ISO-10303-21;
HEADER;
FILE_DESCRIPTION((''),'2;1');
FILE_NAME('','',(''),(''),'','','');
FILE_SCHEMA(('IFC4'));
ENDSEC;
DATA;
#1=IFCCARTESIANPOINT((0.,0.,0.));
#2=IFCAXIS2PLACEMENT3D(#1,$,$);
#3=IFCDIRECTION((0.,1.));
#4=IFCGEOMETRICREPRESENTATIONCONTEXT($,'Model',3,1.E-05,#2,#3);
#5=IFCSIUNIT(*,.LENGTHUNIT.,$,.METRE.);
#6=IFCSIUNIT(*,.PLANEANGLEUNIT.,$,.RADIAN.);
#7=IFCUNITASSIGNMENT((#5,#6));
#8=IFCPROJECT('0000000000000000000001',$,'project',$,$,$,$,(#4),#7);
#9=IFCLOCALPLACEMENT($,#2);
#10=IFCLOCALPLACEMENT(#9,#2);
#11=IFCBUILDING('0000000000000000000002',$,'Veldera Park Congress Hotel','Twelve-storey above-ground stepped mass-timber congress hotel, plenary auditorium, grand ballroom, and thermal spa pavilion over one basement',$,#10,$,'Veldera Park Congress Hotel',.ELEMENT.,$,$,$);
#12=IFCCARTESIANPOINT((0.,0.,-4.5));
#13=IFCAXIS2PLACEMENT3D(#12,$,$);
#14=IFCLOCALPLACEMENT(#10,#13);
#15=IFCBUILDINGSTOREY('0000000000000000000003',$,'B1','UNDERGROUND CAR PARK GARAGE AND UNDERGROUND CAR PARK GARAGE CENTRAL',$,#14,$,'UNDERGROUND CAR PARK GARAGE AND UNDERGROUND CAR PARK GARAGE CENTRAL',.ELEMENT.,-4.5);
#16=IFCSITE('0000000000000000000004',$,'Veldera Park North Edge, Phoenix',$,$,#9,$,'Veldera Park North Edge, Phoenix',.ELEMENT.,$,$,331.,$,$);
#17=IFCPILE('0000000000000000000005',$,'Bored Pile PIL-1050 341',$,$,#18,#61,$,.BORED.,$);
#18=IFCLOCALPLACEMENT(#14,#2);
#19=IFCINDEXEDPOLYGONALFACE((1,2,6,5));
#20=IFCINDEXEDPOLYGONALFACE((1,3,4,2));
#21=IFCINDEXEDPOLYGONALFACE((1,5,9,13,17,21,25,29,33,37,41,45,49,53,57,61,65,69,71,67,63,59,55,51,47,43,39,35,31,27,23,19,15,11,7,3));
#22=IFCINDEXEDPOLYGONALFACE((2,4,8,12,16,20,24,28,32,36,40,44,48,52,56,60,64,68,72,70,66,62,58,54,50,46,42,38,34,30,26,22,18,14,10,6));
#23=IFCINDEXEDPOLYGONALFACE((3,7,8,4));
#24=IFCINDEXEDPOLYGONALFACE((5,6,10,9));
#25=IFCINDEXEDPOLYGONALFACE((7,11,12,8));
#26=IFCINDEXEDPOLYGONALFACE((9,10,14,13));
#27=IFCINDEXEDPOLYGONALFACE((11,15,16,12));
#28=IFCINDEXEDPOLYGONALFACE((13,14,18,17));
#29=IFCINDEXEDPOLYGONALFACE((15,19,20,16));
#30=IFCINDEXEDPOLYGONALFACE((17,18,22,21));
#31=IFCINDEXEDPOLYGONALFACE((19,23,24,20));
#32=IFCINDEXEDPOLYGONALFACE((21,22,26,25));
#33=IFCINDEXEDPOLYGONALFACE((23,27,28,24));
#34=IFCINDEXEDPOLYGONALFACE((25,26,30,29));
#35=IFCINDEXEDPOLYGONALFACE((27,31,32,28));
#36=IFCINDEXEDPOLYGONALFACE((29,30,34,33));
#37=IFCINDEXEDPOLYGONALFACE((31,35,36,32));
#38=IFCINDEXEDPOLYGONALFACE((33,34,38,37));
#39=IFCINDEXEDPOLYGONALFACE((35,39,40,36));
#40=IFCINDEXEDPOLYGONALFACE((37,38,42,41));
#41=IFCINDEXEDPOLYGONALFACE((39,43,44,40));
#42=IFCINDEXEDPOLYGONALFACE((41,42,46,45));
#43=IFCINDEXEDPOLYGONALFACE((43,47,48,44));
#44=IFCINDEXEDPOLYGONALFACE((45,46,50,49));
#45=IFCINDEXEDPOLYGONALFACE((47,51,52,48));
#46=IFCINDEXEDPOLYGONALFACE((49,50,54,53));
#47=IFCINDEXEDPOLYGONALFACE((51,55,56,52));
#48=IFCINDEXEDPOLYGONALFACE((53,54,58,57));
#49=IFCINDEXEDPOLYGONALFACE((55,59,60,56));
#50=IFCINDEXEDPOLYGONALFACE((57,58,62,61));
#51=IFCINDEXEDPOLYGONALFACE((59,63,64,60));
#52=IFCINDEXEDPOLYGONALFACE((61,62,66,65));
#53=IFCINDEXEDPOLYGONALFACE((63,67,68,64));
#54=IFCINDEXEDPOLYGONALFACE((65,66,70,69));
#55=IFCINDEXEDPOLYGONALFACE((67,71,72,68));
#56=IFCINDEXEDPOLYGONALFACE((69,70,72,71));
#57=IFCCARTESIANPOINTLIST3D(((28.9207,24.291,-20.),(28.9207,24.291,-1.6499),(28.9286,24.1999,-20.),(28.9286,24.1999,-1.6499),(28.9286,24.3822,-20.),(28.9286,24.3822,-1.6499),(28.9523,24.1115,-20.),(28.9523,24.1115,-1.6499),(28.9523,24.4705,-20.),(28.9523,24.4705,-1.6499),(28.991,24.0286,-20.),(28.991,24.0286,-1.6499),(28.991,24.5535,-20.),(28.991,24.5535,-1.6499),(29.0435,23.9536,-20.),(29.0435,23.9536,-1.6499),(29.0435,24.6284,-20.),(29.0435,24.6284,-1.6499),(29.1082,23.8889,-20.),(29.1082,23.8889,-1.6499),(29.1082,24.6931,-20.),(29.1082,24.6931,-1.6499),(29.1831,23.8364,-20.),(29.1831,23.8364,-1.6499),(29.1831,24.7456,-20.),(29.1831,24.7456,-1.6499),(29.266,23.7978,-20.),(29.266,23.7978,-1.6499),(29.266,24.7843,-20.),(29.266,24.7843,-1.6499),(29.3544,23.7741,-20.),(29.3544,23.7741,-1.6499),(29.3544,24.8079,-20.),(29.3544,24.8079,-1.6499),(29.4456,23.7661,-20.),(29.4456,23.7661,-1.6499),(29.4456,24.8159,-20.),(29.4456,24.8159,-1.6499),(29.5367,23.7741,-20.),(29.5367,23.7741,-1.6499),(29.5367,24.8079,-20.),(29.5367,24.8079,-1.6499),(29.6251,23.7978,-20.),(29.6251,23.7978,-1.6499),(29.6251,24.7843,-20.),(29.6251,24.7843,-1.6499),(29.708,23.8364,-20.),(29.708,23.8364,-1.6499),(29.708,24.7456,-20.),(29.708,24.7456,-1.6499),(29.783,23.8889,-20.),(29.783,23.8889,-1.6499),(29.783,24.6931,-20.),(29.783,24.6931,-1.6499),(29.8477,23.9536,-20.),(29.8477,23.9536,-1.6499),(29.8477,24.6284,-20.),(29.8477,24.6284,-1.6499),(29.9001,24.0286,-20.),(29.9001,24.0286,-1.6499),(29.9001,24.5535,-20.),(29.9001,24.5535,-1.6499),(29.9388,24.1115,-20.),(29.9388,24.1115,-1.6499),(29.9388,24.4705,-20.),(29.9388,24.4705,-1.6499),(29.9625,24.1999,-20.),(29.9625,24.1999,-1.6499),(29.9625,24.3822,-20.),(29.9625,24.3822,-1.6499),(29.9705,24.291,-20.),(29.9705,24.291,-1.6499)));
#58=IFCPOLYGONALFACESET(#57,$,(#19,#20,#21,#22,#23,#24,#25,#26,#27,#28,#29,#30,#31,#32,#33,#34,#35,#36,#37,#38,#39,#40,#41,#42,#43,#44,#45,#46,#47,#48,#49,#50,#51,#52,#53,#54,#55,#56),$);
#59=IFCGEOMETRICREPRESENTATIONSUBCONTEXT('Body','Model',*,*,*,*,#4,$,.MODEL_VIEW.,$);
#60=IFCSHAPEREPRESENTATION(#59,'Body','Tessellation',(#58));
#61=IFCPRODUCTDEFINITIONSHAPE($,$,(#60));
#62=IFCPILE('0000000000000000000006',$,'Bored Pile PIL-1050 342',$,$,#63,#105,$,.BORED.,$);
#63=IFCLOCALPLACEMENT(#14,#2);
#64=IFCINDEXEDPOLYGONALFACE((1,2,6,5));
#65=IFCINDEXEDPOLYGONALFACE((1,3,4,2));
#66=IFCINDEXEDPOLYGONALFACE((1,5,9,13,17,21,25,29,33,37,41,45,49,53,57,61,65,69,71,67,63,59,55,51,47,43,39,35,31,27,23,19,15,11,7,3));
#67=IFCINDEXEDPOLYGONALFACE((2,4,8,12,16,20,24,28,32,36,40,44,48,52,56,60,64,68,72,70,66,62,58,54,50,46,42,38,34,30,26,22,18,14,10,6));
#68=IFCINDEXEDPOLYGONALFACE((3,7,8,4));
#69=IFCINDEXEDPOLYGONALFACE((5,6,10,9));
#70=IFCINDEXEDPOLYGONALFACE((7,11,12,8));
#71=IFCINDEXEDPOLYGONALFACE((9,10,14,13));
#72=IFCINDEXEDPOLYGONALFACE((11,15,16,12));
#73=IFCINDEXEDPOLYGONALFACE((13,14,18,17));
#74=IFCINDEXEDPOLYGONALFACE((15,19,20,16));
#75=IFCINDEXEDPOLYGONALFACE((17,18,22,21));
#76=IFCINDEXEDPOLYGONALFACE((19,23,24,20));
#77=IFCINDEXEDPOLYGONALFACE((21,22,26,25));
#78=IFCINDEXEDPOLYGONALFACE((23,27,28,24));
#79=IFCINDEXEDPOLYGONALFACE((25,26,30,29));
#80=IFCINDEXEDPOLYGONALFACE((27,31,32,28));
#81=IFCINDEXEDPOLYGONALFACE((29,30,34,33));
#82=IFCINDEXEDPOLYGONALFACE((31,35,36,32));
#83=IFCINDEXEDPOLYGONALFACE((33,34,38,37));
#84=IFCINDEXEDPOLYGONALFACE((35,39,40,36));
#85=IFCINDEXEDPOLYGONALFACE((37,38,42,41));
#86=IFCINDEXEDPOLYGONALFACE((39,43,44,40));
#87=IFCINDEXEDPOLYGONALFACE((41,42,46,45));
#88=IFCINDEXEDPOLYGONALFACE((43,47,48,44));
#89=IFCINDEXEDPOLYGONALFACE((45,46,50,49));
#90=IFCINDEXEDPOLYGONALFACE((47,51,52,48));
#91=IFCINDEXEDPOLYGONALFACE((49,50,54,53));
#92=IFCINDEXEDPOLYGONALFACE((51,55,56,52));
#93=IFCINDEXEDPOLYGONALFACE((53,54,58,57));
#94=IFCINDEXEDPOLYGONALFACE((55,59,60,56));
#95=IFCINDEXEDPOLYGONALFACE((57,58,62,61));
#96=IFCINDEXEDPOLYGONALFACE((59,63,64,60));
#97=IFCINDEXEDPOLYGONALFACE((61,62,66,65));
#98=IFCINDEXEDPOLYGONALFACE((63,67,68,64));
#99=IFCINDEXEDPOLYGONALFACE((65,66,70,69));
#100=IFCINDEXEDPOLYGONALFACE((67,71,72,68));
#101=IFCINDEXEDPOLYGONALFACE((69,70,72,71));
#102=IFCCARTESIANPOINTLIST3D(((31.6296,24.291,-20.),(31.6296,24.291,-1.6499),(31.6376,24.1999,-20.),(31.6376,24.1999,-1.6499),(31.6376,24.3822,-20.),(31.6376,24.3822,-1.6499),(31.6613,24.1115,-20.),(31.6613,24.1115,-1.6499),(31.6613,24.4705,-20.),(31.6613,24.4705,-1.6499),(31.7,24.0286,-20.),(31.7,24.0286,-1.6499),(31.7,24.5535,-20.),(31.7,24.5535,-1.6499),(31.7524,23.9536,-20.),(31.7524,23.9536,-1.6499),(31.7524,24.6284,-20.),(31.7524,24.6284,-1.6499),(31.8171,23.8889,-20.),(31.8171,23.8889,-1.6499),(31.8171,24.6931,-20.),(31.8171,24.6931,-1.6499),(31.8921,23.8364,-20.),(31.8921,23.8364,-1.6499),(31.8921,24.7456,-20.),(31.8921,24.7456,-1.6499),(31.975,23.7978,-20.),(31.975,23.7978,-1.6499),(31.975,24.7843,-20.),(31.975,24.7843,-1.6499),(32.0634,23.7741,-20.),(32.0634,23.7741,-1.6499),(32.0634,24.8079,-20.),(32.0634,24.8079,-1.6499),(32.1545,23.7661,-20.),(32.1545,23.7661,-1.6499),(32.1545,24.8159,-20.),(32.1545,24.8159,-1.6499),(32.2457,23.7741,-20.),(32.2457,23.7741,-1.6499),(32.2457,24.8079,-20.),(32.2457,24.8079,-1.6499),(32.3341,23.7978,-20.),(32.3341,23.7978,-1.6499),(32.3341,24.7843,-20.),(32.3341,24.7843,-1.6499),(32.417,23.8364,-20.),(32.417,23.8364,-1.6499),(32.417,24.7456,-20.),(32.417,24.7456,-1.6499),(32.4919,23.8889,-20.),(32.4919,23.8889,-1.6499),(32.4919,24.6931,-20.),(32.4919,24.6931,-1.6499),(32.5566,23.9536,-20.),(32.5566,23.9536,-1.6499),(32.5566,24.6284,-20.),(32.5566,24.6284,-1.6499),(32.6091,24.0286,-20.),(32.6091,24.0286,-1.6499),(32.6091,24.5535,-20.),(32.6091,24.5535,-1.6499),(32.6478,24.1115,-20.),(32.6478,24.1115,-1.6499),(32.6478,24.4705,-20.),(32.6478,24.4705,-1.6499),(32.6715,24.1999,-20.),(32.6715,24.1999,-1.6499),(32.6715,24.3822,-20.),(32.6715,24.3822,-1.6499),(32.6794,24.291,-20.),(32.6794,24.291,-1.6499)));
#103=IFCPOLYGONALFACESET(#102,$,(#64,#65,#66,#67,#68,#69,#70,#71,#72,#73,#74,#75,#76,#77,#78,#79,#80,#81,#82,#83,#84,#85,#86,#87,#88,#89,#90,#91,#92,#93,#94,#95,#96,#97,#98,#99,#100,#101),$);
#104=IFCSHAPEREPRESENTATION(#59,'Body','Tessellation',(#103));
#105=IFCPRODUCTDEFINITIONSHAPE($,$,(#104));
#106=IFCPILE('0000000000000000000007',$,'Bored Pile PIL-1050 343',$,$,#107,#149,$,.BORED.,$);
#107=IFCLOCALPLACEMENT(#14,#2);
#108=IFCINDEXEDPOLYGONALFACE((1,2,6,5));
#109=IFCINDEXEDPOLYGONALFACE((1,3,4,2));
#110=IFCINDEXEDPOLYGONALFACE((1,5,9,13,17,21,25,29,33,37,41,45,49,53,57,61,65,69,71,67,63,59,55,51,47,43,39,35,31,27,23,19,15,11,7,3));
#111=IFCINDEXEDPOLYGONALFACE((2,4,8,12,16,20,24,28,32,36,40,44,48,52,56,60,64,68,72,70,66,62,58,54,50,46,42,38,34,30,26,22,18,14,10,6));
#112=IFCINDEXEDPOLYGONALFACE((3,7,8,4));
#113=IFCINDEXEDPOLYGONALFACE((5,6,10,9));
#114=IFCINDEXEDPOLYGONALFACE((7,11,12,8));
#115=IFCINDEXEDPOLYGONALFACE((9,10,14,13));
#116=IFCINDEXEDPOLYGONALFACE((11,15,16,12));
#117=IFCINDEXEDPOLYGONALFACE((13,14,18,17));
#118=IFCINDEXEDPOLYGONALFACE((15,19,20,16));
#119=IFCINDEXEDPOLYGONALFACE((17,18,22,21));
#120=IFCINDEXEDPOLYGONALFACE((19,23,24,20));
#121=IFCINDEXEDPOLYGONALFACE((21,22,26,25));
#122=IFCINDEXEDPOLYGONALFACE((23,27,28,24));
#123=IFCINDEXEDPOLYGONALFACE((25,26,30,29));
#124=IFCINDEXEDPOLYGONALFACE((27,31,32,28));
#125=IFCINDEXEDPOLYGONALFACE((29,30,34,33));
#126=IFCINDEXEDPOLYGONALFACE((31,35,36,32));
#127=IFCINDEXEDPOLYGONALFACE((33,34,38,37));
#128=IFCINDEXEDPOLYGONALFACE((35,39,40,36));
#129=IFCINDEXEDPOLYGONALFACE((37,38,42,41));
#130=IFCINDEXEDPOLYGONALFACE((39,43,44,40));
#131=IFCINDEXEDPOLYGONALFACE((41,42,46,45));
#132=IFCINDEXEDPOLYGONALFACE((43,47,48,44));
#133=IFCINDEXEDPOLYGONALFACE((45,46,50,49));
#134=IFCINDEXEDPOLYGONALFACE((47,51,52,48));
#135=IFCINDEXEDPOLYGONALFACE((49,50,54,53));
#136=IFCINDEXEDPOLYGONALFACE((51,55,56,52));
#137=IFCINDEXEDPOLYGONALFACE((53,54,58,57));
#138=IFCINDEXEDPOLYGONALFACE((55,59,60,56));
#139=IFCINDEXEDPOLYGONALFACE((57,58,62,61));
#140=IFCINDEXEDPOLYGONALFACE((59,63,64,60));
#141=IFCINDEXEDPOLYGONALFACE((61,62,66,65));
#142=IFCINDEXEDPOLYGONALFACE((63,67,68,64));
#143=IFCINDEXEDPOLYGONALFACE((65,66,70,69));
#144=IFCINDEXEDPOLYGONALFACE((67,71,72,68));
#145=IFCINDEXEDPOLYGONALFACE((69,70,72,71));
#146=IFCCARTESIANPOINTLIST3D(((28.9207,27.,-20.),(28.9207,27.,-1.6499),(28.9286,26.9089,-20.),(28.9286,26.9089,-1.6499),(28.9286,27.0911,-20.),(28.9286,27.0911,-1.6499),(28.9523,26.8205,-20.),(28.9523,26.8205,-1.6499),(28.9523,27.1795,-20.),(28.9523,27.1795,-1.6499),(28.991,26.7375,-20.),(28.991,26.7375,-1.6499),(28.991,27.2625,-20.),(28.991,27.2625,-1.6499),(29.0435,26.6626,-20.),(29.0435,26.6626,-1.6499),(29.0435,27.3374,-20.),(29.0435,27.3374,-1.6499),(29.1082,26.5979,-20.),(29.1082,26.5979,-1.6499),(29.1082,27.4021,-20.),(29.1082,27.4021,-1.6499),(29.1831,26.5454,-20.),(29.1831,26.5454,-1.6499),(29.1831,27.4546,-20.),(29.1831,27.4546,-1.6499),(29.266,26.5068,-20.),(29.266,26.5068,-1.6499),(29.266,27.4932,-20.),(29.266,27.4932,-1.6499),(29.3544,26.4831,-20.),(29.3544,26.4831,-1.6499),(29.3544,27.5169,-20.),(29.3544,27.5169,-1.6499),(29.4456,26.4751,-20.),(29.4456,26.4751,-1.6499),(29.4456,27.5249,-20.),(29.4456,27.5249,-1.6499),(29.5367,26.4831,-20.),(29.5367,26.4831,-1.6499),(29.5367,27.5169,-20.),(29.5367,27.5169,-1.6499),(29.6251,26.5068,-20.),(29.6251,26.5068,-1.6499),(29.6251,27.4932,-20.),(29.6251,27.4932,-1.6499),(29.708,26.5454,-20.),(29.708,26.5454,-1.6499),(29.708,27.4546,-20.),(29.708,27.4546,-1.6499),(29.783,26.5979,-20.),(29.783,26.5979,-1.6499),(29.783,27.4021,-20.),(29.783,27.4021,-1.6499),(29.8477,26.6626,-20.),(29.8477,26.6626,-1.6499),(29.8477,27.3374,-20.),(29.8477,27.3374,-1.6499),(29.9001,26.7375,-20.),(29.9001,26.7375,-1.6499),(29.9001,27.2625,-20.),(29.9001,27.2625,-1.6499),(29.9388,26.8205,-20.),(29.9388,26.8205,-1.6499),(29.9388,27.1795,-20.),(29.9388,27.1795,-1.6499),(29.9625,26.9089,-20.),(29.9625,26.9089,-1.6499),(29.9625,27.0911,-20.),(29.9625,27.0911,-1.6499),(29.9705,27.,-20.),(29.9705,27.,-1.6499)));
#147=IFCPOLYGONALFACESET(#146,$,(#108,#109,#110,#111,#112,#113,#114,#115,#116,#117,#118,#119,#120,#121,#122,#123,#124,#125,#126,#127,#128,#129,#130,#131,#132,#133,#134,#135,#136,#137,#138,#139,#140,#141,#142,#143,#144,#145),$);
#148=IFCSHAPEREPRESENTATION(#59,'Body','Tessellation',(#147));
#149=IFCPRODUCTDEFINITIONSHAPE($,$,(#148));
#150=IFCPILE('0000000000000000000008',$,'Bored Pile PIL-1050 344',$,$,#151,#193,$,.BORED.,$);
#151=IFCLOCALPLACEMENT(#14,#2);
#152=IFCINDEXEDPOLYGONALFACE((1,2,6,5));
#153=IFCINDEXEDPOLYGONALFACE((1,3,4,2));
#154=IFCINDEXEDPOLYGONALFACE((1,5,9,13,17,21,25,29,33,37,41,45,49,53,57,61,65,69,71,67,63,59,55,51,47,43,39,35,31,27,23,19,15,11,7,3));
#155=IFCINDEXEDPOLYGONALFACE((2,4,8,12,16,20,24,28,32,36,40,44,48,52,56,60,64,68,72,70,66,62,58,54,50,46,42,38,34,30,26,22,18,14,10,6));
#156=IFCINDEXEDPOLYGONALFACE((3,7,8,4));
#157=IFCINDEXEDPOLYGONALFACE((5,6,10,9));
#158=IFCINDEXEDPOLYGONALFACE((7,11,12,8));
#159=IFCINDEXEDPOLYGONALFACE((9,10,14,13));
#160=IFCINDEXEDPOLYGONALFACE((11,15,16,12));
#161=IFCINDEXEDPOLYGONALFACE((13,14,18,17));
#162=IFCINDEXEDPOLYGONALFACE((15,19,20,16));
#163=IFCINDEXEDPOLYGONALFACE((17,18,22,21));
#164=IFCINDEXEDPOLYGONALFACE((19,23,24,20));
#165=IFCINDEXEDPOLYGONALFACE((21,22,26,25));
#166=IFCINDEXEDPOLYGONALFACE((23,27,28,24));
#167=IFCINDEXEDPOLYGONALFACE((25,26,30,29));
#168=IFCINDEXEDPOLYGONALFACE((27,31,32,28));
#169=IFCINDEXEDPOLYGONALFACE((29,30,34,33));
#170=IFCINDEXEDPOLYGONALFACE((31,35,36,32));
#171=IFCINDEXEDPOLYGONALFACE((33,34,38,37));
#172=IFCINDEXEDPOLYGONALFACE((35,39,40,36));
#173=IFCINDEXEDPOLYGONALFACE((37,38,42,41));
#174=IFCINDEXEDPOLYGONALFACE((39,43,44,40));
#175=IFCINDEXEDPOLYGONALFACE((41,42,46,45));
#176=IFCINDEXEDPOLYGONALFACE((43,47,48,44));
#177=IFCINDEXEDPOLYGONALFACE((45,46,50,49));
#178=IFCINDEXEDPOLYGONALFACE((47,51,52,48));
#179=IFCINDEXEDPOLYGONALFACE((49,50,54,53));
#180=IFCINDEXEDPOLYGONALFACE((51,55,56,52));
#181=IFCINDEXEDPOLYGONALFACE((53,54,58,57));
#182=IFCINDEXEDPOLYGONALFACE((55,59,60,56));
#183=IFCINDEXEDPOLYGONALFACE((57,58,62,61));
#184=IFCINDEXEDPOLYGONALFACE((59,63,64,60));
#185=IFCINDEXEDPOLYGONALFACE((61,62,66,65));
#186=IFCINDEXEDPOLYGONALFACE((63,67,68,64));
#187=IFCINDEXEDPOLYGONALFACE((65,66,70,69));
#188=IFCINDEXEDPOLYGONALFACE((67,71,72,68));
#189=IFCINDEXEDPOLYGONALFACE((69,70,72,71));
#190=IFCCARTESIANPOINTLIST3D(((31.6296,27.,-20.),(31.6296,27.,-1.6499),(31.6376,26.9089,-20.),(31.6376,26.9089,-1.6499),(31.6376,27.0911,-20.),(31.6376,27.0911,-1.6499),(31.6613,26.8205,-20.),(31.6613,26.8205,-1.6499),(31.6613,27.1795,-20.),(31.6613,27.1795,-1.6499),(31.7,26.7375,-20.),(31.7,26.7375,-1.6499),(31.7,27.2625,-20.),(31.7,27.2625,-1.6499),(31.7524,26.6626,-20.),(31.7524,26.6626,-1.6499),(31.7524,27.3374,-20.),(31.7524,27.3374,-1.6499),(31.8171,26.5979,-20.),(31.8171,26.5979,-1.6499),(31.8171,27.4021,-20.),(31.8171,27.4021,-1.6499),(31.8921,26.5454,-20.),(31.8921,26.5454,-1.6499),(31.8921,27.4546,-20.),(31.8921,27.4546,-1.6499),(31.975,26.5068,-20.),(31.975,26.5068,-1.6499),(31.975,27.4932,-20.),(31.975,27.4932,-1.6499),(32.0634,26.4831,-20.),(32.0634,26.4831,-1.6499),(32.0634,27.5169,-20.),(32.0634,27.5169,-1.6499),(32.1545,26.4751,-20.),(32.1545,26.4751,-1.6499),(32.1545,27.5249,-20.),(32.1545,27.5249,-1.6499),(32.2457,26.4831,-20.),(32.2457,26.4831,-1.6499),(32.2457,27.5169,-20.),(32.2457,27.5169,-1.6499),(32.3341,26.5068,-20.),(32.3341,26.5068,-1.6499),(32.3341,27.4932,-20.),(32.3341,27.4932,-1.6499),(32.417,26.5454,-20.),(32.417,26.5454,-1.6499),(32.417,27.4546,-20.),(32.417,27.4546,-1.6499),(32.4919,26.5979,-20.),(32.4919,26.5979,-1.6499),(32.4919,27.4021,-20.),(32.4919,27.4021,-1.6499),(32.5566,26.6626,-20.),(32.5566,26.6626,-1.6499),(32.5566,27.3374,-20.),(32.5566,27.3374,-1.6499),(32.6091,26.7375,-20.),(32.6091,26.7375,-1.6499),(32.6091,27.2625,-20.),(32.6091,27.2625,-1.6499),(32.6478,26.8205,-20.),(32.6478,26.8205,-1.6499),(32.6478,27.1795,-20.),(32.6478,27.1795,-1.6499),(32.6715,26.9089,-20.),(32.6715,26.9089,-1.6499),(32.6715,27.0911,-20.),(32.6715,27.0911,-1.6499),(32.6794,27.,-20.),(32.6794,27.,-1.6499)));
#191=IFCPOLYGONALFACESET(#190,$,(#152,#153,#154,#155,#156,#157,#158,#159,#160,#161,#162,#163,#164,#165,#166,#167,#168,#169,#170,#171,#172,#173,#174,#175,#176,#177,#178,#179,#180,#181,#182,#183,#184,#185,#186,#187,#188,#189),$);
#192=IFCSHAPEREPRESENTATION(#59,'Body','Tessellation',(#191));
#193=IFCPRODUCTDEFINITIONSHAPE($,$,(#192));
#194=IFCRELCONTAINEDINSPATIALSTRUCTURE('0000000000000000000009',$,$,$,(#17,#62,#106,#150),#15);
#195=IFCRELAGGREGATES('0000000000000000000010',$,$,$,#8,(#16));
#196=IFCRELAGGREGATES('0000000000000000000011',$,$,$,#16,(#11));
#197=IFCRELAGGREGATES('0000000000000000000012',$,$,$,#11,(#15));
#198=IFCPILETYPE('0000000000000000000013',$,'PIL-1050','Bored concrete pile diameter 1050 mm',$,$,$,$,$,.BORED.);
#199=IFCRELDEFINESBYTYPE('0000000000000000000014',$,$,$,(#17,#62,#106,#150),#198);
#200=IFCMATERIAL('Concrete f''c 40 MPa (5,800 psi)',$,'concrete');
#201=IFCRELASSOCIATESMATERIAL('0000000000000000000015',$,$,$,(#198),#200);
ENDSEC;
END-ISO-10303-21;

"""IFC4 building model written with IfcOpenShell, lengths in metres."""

from ifc_helpers import new_model, si_unit, direction, frame, origin, origin_2d, place, context, subcontext, project, spatial, circle, extrude, material, material_profile, profile_set, type_object, element, save


model = new_model("IFC4")

# Units and contexts
model_context = context("Model", 3, precision=1e-05, world=origin(), true_north=direction((0.0, 1.0)))
body_context = subcontext(model_context, "Body", "Model", "MODEL_VIEW")
ifc_project = project(units=[si_unit("LENGTHUNIT", "METRE"), si_unit("PLANEANGLEUNIT", "RADIAN")], contexts=[model_context])

# Site, building, storey
site_placement = place(None, origin())
site = spatial("IfcSite", under=ifc_project, at=site_placement, Name="Veldera Park North Edge, Phoenix", LongName="Veldera Park North Edge, Phoenix", CompositionType="ELEMENT", RefElevation=331.0)
building_placement = place(site_placement, origin())
building = spatial("IfcBuilding", under=site, at=building_placement, Name="Veldera Park Congress Hotel", Description="Twelve-storey above-ground stepped mass-timber congress hotel, plenary auditorium, grand ballroom, and thermal spa pavilion over one basement", LongName="Veldera Park Congress Hotel", CompositionType="ELEMENT")
storey_placement = place(building_placement, frame((0.0, 0.0, -4.5)))
storey = spatial("IfcBuildingStorey", under=building, at=storey_placement, Name="B1", Description="UNDERGROUND CAR PARK GARAGE AND UNDERGROUND CAR PARK GARAGE CENTRAL", LongName="UNDERGROUND CAR PARK GARAGE AND UNDERGROUND CAR PARK GARAGE CENTRAL", CompositionType="ELEMENT", Elevation=-4.5)

# Shared definitions
ifc_material_1 = material(Name="Concrete f'c 40 MPa (5,800 psi)", Category="concrete")

# Piles
ifc_material_profile_1 = material_profile(ifc_material_1, circle(Radius=0.5249, at=origin_2d()), Name="PILE D1050")
ifc_profile_set_1 = profile_set([ifc_material_profile_1], Name="Concrete f'c 40 MPa (5,800 psi)")
pile_type = type_object("IfcPileType", Name="PIL-1050", Description="Bored concrete pile diameter 1050 mm", PredefinedType="BORED", material=ifc_profile_set_1)
for number, where, z_axis, x_axis, name in (
    (1, (29.4456, 24.291, -1.6499), (0.0, 0.0, -1.0), (1.0, 0.0, 0.0), "Bored Pile PIL-1050 341"),
    (2, (32.1545, 24.291, -1.6499), (0.0, 0.0, -1.0), (1.0, 0.0, 0.0), "Bored Pile PIL-1050 342"),
    (3, (29.4456, 27.0, -1.6499), (0.0, 0.0, -1.0), (1.0, 0.0, 0.0), "Bored Pile PIL-1050 343"),
    (4, (32.1545, 27.0, -1.6499), (0.0, 0.0, -1.0), (1.0, 0.0, 0.0), "Bored Pile PIL-1050 344"),
):
    element("IfcPile", number, at=place(storey_placement, frame(where, z_axis=z_axis, x_axis=x_axis)), inside=storey, type_object=pile_type, Name=name, PredefinedType="BORED", context=body_context, shape_type="SweptSolid", body=[
        extrude(circle(Radius=0.5249, at=origin_2d()), origin(), (0.0, 0.0, 1.0), 18.3501),
    ])

save(model, "model.ifc")
